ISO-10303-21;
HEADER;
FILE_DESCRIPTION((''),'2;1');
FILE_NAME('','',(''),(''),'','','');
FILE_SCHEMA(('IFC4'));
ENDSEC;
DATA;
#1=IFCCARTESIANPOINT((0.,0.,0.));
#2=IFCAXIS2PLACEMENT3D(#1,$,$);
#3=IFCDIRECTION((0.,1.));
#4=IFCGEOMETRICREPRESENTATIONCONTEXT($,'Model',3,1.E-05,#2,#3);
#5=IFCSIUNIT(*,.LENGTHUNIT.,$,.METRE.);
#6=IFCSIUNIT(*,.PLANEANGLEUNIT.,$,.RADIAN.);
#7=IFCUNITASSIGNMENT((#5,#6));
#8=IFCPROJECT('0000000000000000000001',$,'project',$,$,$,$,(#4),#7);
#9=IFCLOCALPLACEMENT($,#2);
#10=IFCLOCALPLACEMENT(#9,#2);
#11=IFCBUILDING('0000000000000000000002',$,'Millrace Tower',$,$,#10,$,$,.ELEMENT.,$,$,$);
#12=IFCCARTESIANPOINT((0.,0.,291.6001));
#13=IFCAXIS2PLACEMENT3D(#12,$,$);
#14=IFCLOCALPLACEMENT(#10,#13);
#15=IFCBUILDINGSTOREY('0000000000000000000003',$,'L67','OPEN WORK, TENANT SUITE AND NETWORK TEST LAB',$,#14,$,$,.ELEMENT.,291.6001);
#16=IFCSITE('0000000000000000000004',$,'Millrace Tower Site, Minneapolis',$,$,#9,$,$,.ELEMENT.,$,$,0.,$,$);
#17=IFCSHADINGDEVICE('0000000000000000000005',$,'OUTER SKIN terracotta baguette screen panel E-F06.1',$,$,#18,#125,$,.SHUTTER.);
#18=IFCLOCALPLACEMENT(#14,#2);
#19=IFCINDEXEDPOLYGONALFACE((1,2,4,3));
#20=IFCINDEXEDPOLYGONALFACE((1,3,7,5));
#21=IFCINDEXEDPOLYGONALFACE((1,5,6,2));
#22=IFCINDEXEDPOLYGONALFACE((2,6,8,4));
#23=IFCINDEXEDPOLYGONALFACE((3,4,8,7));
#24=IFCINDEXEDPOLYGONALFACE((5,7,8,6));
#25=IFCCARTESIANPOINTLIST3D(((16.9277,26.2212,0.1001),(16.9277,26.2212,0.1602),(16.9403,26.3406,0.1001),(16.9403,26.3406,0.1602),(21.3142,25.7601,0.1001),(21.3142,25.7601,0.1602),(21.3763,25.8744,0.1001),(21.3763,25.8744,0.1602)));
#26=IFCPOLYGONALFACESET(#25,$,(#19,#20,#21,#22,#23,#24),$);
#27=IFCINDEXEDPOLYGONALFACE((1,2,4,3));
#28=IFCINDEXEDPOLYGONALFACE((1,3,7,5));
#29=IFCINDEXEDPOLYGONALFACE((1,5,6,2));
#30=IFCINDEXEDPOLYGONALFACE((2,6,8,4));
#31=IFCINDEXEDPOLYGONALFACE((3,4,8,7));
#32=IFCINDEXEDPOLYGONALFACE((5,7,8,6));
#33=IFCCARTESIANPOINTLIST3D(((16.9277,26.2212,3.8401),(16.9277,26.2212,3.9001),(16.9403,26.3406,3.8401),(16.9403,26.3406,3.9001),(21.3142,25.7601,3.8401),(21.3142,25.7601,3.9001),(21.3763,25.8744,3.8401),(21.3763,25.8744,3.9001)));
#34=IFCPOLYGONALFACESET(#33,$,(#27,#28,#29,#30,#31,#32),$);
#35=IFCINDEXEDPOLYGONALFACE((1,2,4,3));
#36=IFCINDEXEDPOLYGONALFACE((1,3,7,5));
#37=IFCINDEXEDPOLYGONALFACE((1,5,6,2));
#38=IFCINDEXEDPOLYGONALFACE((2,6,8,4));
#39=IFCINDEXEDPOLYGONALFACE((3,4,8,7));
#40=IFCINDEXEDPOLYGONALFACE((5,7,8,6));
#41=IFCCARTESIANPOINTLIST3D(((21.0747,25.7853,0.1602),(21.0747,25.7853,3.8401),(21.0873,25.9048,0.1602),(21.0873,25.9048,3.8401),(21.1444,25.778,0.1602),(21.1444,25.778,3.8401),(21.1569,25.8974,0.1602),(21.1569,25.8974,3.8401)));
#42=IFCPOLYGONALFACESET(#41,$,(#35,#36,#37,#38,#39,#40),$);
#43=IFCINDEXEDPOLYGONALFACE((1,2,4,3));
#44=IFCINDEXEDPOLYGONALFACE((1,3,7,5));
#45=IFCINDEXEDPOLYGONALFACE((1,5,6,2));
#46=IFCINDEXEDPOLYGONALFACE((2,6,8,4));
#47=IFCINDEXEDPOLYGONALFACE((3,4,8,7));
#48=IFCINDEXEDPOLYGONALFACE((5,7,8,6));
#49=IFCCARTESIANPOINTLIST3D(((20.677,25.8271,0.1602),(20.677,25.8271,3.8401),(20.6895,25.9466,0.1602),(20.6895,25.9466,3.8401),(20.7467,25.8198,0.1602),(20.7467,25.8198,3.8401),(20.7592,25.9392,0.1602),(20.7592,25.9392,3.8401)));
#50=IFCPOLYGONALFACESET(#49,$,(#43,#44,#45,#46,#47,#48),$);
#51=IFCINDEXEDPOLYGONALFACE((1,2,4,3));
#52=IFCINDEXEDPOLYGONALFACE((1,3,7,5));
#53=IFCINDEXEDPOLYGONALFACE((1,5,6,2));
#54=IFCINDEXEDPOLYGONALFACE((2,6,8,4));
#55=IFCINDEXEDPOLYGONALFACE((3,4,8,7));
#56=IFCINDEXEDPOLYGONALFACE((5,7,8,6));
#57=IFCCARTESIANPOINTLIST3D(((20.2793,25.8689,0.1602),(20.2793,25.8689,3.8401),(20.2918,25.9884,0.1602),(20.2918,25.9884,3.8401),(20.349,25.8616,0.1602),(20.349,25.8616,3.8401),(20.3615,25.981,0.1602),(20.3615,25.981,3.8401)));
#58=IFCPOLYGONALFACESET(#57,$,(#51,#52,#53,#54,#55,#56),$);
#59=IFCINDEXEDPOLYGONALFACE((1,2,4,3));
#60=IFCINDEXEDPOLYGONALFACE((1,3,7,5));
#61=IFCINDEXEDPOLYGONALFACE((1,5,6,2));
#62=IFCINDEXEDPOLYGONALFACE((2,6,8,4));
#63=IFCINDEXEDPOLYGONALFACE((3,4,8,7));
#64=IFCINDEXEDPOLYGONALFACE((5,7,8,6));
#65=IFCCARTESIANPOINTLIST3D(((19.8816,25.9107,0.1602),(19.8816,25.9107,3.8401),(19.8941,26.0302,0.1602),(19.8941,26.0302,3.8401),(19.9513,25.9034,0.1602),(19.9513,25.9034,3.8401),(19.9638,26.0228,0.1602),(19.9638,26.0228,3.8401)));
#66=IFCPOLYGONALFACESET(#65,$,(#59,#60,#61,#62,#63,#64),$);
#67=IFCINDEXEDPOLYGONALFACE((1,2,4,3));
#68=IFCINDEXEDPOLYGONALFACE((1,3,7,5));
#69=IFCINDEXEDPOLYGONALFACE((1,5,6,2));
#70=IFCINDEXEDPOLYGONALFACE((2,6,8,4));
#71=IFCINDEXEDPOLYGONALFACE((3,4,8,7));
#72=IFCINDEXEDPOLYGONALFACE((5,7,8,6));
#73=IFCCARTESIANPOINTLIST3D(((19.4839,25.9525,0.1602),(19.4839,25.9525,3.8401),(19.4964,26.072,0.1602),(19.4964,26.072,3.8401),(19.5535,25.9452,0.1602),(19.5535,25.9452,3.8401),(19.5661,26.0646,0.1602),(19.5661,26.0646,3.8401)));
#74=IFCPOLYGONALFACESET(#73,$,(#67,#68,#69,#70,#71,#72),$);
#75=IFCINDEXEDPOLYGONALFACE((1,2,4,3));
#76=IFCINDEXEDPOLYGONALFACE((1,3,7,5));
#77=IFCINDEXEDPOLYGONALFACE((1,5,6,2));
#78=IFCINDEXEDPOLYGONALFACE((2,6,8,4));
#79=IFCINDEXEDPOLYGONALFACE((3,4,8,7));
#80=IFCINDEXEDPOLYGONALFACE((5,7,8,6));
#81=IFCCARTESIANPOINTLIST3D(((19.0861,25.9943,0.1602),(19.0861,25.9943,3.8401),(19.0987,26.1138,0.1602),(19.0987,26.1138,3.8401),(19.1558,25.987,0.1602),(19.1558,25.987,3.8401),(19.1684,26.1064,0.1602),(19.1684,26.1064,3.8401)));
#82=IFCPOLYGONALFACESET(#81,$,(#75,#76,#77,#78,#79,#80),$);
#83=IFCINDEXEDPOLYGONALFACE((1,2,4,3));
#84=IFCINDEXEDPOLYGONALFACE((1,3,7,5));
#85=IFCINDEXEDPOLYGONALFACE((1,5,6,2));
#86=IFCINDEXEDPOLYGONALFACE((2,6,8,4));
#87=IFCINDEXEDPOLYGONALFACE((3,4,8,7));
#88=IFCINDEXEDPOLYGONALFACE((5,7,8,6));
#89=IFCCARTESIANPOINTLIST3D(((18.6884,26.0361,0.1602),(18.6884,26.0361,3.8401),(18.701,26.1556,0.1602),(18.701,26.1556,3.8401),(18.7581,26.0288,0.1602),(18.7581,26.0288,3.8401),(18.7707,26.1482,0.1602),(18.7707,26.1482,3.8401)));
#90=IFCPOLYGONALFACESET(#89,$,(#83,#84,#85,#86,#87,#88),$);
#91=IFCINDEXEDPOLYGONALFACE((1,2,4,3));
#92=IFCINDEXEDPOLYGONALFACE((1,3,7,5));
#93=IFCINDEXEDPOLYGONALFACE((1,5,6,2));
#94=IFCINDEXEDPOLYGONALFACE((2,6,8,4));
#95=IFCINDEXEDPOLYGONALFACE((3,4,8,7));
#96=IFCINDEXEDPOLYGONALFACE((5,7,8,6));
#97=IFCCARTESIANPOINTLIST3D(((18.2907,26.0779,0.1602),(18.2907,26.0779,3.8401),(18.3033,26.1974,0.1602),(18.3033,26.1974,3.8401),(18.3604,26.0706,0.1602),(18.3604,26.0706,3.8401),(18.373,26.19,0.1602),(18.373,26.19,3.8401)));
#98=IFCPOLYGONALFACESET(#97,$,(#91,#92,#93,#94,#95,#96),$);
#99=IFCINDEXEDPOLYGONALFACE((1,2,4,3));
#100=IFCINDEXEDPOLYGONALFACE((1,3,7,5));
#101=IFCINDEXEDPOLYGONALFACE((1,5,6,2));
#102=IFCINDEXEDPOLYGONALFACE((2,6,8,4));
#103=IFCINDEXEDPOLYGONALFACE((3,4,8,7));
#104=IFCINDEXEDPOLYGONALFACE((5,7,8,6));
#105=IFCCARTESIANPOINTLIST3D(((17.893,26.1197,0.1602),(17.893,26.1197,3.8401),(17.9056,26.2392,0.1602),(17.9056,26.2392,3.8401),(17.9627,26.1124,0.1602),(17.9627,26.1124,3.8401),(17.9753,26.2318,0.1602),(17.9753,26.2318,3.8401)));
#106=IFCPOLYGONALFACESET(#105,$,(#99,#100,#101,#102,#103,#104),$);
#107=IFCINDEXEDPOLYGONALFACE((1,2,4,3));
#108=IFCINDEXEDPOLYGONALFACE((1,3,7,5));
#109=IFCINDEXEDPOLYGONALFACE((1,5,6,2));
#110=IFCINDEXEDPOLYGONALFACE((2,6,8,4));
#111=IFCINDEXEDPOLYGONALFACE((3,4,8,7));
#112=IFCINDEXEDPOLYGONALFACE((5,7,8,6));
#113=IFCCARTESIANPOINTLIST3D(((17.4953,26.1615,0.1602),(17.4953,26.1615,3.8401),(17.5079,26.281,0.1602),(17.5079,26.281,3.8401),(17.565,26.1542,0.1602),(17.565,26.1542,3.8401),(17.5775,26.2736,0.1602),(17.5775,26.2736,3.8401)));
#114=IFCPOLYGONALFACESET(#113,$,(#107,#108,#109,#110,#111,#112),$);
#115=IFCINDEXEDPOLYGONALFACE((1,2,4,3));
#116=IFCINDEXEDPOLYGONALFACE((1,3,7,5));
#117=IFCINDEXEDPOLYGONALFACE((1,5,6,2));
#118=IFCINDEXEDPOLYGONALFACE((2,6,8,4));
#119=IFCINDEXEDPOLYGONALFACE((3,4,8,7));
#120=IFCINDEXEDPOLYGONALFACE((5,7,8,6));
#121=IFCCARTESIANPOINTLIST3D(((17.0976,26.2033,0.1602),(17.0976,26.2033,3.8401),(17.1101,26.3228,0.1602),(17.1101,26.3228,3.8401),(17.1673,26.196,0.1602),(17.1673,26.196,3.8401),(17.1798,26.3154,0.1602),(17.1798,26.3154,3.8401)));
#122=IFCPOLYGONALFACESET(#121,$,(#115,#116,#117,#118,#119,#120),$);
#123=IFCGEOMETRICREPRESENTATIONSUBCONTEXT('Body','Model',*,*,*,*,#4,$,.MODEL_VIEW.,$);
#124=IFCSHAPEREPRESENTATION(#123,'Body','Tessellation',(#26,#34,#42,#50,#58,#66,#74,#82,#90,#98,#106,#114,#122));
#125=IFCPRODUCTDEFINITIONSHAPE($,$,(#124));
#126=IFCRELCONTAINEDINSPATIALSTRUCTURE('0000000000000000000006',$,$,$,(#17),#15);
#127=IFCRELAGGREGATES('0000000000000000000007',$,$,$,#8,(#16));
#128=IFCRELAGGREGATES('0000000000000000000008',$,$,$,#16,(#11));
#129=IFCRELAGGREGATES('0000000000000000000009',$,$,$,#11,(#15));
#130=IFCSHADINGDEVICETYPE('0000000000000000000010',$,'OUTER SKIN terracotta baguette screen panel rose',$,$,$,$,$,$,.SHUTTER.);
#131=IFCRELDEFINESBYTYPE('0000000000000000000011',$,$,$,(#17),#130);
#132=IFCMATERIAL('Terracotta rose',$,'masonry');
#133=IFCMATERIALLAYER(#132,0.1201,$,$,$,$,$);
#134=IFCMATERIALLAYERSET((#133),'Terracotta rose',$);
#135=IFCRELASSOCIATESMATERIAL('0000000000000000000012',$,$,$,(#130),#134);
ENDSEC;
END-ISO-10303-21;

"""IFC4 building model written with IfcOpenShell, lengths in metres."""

from ifc_helpers import new_model, entity, si_unit, direction, frame, frame_2d, origin, place, context, subcontext, project, spatial, rectangle, extrude, source, transform, mapped, material, layer, layer_set, type_object, element, save


model = new_model("IFC4")

# Units and contexts
model_context = context("Model", 3, precision=1e-05, world=origin(), true_north=direction((0.0, 1.0)))
body_context = subcontext(model_context, "Body", "Model", "MODEL_VIEW")
ifc_project = project(units=[si_unit("LENGTHUNIT", "METRE"), si_unit("PLANEANGLEUNIT", "RADIAN")], contexts=[model_context])

# Site, building, storey
site_placement = place(None, origin())
site = spatial("IfcSite", under=ifc_project, at=site_placement, Name="Millrace Tower Site, Minneapolis", CompositionType="ELEMENT", RefElevation=0.0)
building_placement = place(site_placement, origin())
building = spatial("IfcBuilding", under=site, at=building_placement, Name="Millrace Tower", CompositionType="ELEMENT")
storey_placement = place(building_placement, frame((0.0, 0.0, 291.6001)))
storey = spatial("IfcBuildingStorey", under=building, at=storey_placement, Name="L67", Description="OPEN WORK, TENANT SUITE AND NETWORK TEST LAB", CompositionType="ELEMENT", Elevation=291.6001)

# Shading device
ifc_material_1 = material(Name="Terracotta rose", Category="masonry")
ifc_layer_1 = layer(ifc_material_1, 0.1201)
ifc_layer_set_1 = layer_set([ifc_layer_1], Name="Terracotta rose")
shading_device_type = type_object("IfcShadingDeviceType", Name="OUTER SKIN terracotta baguette screen panel rose", PredefinedType="SHUTTER", material=ifc_layer_set_1)
cartesian_point_1 = entity("IfcCartesianPoint", [-2.1929, 0.0601])
shared_polyline_1 = entity("IfcPolyline", [cartesian_point_1, entity("IfcCartesianPoint", [2.2178, 0.0601]), entity("IfcCartesianPoint", [2.2178, -0.0601]), entity("IfcCartesianPoint", [-2.2427, -0.0601]), cartesian_point_1])
shared_shape_1 = source(origin(), body_context, "Body", "SweptSolid", [
    entity("IfcExtrudedAreaSolid", entity("IfcArbitraryClosedProfileDef", "AREA", None, shared_polyline_1), entity("IfcAxis2Placement3D", entity("IfcCartesianPoint", [0.0, 0.0, 0.0])), entity("IfcDirection", [0.0, 0.0, 1.0]), 0.0601),
    entity("IfcExtrudedAreaSolid", entity("IfcArbitraryClosedProfileDef", "AREA", None, shared_polyline_1), entity("IfcAxis2Placement3D", entity("IfcCartesianPoint", [0.0, 0.0, 3.74])), entity("IfcDirection", [0.0, 0.0, 1.0]), 0.0601),
    extrude(rectangle(XDim=0.0701, YDim=0.1201, at=frame_2d((-1.9871, 0.0))), frame((0.0, 0.0, 0.0601)), (0.0, 0.0, 1.0), 3.6799),
    extrude(rectangle(XDim=0.0701, YDim=0.1201, at=frame_2d((-1.5872, 0.0))), frame((0.0, 0.0, 0.0601)), (0.0, 0.0, 1.0), 3.6799),
    extrude(rectangle(XDim=0.0701, YDim=0.1201, at=frame_2d((-1.1873, 0.0))), frame((0.0, 0.0, 0.0601)), (0.0, 0.0, 1.0), 3.6799),
    extrude(rectangle(XDim=0.0701, YDim=0.1201, at=frame_2d((-0.7874, 0.0))), frame((0.0, 0.0, 0.0601)), (0.0, 0.0, 1.0), 3.6799),
    extrude(rectangle(XDim=0.0701, YDim=0.1201, at=frame_2d((-0.3875, 0.0))), frame((0.0, 0.0, 0.0601)), (0.0, 0.0, 1.0), 3.6799),
    extrude(rectangle(XDim=0.0701, YDim=0.1201, at=frame_2d((0.0125, 0.0))), frame((0.0, 0.0, 0.0601)), (0.0, 0.0, 1.0), 3.6799),
    extrude(rectangle(XDim=0.0701, YDim=0.1201, at=frame_2d((0.4124, 0.0))), frame((0.0, 0.0, 0.0601)), (0.0, 0.0, 1.0), 3.6799),
    extrude(rectangle(XDim=0.0701, YDim=0.1201, at=frame_2d((0.8123, 0.0))), frame((0.0, 0.0, 0.0601)), (0.0, 0.0, 1.0), 3.6799),
    extrude(rectangle(XDim=0.0701, YDim=0.1201, at=frame_2d((1.2122, 0.0))), frame((0.0, 0.0, 0.0601)), (0.0, 0.0, 1.0), 3.6799),
    extrude(rectangle(XDim=0.0701, YDim=0.1201, at=frame_2d((1.6121, 0.0))), frame((0.0, 0.0, 0.0601)), (0.0, 0.0, 1.0), 3.6799),
    extrude(rectangle(XDim=0.0701, YDim=0.1201, at=frame_2d((2.012, 0.0))), frame((0.0, 0.0, 0.0601)), (0.0, 0.0, 1.0), 3.6799),
])
shading_device_1_placement = place(storey_placement, frame((19.1396, 26.0491, 0.1001), z_axis=(0.0, 0.0, 1.0), x_axis=(-0.994522, 0.104528, 0.0)))
element("IfcShadingDevice", 1, at=shading_device_1_placement, inside=storey, type_object=shading_device_type, Name="OUTER SKIN terracotta baguette screen panel E-F06.1", PredefinedType="SHUTTER", context=body_context, shape_type="MappedRepresentation", body=[
    mapped(shared_shape_1, transform((0.0, 0.0, 0.0), scale=1.0)),
])

save(model, "model.ifc")
